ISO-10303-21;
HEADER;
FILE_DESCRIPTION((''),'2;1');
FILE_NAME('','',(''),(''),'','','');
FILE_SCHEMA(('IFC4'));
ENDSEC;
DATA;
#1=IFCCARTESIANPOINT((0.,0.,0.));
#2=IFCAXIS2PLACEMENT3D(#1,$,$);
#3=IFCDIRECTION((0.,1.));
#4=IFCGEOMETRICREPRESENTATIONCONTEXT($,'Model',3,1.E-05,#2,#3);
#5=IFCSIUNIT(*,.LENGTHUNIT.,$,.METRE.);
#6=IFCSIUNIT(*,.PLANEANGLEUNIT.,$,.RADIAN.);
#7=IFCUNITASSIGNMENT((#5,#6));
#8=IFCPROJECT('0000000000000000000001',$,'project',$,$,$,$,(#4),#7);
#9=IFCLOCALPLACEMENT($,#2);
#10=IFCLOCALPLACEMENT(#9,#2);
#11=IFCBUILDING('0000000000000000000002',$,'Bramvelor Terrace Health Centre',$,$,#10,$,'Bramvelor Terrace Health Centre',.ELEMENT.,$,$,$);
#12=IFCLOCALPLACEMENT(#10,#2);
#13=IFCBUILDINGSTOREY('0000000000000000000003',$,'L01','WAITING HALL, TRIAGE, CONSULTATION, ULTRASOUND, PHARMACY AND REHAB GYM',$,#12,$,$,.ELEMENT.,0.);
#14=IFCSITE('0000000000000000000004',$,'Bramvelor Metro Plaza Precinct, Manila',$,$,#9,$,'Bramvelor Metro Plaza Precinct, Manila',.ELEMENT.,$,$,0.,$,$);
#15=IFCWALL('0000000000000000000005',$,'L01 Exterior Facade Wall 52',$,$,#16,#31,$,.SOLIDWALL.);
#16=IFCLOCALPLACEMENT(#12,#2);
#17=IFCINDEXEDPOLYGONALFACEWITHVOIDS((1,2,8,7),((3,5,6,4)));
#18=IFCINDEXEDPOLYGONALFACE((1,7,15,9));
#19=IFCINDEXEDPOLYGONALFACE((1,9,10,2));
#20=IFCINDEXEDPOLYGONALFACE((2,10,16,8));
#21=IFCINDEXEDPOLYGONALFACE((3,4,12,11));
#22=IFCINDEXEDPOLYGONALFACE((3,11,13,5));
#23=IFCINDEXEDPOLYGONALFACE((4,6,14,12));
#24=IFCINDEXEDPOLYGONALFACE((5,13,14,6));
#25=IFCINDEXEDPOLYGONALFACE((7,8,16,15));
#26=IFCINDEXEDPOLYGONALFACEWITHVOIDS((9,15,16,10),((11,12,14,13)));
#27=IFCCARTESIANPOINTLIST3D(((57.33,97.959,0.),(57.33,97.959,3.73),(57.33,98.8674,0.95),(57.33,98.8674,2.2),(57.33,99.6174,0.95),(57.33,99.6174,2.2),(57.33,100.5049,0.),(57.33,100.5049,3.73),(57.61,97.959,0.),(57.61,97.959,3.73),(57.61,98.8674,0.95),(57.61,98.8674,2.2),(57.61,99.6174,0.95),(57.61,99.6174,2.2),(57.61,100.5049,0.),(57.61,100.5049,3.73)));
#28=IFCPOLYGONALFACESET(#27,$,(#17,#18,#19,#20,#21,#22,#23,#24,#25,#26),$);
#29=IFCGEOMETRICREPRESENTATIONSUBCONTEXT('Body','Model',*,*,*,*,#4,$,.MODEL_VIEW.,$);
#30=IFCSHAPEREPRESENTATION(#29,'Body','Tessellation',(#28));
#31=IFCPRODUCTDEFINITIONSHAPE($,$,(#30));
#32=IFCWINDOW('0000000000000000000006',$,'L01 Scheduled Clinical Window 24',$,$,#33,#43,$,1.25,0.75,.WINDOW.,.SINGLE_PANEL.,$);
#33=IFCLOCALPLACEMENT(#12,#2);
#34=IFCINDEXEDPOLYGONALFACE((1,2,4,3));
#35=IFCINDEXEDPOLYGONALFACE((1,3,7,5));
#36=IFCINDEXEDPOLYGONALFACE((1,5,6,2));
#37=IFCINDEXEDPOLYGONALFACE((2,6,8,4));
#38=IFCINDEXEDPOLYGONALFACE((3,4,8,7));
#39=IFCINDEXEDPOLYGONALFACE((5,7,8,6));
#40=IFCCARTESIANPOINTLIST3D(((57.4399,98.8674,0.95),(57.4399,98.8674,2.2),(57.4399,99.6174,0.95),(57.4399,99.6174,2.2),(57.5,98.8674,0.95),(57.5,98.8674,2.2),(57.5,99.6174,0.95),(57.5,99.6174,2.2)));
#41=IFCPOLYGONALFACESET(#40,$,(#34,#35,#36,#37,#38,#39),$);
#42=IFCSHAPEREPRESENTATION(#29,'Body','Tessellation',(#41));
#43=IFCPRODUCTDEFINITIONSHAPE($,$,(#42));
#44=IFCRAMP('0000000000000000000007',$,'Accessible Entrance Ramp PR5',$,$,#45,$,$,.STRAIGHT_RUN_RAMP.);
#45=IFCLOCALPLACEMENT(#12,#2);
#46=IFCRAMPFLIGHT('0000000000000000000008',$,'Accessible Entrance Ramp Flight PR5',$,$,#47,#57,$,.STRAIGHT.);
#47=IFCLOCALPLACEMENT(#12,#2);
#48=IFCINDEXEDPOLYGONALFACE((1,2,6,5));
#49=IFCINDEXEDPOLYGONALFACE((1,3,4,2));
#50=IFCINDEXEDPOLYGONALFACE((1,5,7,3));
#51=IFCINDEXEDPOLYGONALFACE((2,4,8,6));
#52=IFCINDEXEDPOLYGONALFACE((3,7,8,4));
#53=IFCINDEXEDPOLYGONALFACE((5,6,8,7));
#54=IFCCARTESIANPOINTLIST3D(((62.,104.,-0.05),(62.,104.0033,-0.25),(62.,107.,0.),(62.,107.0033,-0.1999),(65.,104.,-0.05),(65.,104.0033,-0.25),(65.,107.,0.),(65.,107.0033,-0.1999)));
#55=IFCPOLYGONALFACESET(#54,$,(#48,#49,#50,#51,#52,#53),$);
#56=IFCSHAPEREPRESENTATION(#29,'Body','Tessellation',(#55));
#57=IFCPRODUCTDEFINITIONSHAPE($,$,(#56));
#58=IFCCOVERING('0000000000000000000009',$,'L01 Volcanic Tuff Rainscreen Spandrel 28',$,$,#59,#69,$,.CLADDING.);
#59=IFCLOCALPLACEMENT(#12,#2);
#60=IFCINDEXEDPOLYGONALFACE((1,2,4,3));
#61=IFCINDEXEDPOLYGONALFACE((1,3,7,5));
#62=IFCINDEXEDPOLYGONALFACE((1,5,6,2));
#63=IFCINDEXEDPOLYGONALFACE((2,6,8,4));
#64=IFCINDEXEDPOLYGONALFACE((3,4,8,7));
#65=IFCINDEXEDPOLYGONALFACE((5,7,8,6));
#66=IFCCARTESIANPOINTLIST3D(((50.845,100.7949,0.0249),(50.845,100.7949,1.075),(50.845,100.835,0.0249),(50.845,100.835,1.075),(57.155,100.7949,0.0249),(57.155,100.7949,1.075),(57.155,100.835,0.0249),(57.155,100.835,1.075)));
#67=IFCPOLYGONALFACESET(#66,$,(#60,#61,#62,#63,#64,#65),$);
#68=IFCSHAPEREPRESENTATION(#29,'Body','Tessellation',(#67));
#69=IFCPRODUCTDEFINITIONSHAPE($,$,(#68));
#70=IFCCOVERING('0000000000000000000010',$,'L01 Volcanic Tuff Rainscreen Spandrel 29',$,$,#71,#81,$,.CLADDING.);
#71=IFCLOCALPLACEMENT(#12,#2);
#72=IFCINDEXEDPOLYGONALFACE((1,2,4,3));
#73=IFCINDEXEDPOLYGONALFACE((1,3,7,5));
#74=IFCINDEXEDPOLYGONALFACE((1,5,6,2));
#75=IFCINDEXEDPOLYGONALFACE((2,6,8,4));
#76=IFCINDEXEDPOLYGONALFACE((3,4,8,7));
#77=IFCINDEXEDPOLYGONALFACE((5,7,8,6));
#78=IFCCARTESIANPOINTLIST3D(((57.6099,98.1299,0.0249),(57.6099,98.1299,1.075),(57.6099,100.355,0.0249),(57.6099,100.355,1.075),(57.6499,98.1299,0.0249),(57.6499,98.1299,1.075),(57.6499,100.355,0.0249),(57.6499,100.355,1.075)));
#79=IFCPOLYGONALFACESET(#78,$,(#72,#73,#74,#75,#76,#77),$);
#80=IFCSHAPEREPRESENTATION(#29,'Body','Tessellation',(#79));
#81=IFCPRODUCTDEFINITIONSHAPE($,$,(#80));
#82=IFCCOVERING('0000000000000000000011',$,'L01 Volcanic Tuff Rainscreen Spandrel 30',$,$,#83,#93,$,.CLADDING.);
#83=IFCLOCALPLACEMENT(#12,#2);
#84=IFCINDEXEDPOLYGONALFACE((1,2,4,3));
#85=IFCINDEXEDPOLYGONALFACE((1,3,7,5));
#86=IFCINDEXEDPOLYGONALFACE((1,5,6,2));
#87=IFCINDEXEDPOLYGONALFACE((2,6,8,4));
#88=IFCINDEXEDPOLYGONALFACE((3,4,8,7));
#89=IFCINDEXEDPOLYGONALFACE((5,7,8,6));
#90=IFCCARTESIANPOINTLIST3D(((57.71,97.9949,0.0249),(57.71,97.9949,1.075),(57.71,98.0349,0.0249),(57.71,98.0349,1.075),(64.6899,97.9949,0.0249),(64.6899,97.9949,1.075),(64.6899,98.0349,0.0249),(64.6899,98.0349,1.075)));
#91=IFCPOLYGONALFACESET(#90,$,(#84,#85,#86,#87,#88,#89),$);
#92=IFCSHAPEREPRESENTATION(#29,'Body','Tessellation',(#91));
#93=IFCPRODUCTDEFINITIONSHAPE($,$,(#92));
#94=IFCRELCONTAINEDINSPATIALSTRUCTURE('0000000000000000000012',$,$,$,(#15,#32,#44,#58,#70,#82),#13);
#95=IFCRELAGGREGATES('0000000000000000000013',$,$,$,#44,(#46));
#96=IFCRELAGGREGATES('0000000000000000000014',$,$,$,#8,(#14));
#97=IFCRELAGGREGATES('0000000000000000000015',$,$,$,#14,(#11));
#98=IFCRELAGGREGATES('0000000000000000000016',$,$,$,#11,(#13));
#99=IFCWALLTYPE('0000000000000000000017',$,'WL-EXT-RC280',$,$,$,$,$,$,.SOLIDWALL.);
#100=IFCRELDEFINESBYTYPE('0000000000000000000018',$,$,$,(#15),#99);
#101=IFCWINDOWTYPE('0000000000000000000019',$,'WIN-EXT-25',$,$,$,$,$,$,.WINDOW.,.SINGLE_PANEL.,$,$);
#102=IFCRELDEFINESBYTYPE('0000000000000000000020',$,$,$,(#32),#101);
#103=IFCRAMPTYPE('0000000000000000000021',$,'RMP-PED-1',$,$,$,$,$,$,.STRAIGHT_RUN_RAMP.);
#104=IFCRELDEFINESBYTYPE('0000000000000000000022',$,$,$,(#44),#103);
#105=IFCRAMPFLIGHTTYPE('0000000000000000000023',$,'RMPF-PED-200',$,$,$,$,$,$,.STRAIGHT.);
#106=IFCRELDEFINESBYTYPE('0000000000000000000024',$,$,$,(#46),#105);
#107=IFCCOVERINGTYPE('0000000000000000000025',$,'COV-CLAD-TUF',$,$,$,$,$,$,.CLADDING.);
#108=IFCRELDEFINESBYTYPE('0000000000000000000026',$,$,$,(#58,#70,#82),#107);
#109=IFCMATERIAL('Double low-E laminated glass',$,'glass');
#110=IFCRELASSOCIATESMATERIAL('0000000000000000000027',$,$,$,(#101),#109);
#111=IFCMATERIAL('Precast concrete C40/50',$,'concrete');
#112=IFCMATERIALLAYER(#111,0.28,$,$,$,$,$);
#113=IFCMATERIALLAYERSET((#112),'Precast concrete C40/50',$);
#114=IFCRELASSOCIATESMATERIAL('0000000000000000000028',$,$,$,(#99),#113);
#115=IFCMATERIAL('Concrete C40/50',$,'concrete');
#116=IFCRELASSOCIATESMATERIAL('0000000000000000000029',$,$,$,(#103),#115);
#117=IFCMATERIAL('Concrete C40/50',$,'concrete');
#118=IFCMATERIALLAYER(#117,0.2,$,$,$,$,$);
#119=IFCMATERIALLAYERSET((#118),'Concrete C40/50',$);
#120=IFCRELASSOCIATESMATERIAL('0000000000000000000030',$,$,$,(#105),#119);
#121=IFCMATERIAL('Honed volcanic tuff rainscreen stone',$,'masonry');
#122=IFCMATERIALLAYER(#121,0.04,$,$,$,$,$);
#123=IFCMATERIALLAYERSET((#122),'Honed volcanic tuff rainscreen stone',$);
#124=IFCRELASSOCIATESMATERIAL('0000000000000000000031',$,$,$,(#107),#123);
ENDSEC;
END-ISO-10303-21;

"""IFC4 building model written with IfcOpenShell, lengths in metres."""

from ifc_helpers import new_model, si_unit, direction, frame, frame_2d, origin, origin_2d, place, context, subcontext, project, spatial, polyline, rectangle, outline, extrude, material, layer, layer_set, type_object, element, fill, aggregate, save


model = new_model("IFC4")

# Units and contexts
model_context = context("Model", 3, precision=1e-05, world=origin(), true_north=direction((0.0, 1.0)))
body_context = subcontext(model_context, "Body", "Model", "MODEL_VIEW")
ifc_project = project(units=[si_unit("LENGTHUNIT", "METRE"), si_unit("PLANEANGLEUNIT", "RADIAN")], contexts=[model_context])

# Site, building, storey
site_placement = place(None, origin())
site = spatial("IfcSite", under=ifc_project, at=site_placement, Name="Bramvelor Metro Plaza Precinct, Manila", LongName="Bramvelor Metro Plaza Precinct, Manila", CompositionType="ELEMENT", RefElevation=0.0)
building_placement = place(site_placement, origin())
building = spatial("IfcBuilding", under=site, at=building_placement, Name="Bramvelor Terrace Health Centre", LongName="Bramvelor Terrace Health Centre", CompositionType="ELEMENT")
storey_placement = place(building_placement, origin())
storey = spatial("IfcBuildingStorey", under=building, at=storey_placement, Name="L01", Description="WAITING HALL, TRIAGE, CONSULTATION, ULTRASOUND, PHARMACY AND REHAB GYM", CompositionType="ELEMENT", Elevation=0.0)

# Wall, opening, window
ifc_material_1 = material(Name="Double low-E laminated glass", Category="glass")
window_type = type_object("IfcWindowType", Name="WIN-EXT-25", PartitioningType="SINGLE_PANEL", PredefinedType="WINDOW", material=ifc_material_1)
ifc_material_2 = material(Name="Precast concrete C40/50", Category="concrete")
ifc_layer_1 = layer(ifc_material_2, 0.28)
ifc_layer_set_1 = layer_set([ifc_layer_1], Name="Precast concrete C40/50")
wall_type_1 = type_object("IfcWallType", Name="WL-EXT-RC280", PredefinedType="SOLIDWALL", material=ifc_layer_set_1)
wall_1_placement = place(storey_placement, frame((57.47, 100.5049, 0.0), z_axis=(0.0, 0.0, 1.0), x_axis=(0.0, -1.0, 0.0)))
wall_1 = element("IfcWall", 1, at=wall_1_placement, inside=storey, type_object=wall_type_1, Name="L01 Exterior Facade Wall 52", PredefinedType="SOLIDWALL", context=body_context, shape_type="SweptSolid", body=[
    extrude(rectangle(XDim=2.5459, YDim=0.28, at=frame_2d((1.2729, 0.0))), origin(), (0.0, 0.0, 1.0), 3.73),
])
opening_1_placement = place(wall_1_placement, frame((0.8875, 0.0, 0.95)))
opening_1 = element("IfcOpeningElement", 2, at=opening_1_placement, cuts=wall_1, PredefinedType="OPENING", context=body_context, shape_type="SweptSolid", body=[
    extrude(rectangle(XDim=0.75, YDim=1.25, at=frame_2d((0.375, 0.625))), frame((0.0, 0.1499, 0.0), z_axis=(0.0, -1.0, 0.0), x_axis=(1.0, 0.0, 0.0)), (0.0, 0.0, 1.0), 0.3),
])
window_1_placement = place(opening_1_placement, origin())
window_1 = element("IfcWindow", 3, at=window_1_placement, inside=storey, type_object=window_type, Name="L01 Scheduled Clinical Window 24", OverallHeight=1.25, OverallWidth=0.75, PartitioningType="SINGLE_PANEL", PredefinedType="WINDOW", context=body_context, shape_type="SweptSolid", body=[
    extrude(rectangle(XDim=0.75, YDim=1.25, at=frame_2d((0.375, 0.625))), frame((0.0, 0.03, 0.0), z_axis=(0.0, -1.0, 0.0), x_axis=(1.0, 0.0, 0.0)), (0.0, 0.0, 1.0), 0.0601),
])
fill(opening_1, window_1)

# Ramp, ramp flight
ifc_material_3 = material(Name="Concrete C40/50", Category="concrete")
ramp_type = type_object("IfcRampType", Name="RMP-PED-1", PredefinedType="STRAIGHT_RUN_RAMP", material=ifc_material_3)
ramp_placement = place(storey_placement, origin())
ramp = element("IfcRamp", 4, at=ramp_placement, inside=storey, type_object=ramp_type, Name="Accessible Entrance Ramp PR5", PredefinedType="STRAIGHT_RUN_RAMP")
ifc_material_4 = material(Name="Concrete C40/50", Category="concrete")
ifc_layer_2 = layer(ifc_material_4, 0.2)
ifc_layer_set_2 = layer_set([ifc_layer_2], Name="Concrete C40/50")
ramp_flight_type = type_object("IfcRampFlightType", Name="RMPF-PED-200", PredefinedType="STRAIGHT", material=ifc_layer_set_2)
ramp_flight_placement = place(storey_placement, frame((62.0, 104.0, -0.05), z_axis=(0.0, -0.016681, 0.999861), x_axis=(1.0, 0.0, 0.0)))
ramp_flight = element("IfcRampFlight", 5, at=ramp_flight_placement, type_object=ramp_flight_type, Name="Accessible Entrance Ramp Flight PR5", PredefinedType="STRAIGHT", context=body_context, shape_type="SweptSolid", body=[
    extrude(outline(polyline([(0.0, 0.0), (3.0, 0.0), (3.0, 3.0004), (0.0, 3.0004), (0.0, 0.0)])), origin(), (0.0, 0.0, -1.0), 0.2),
])
aggregate(ramp, [ramp_flight])

# Coverings
ifc_material_5 = material(Name="Honed volcanic tuff rainscreen stone", Category="masonry")
ifc_layer_3 = layer(ifc_material_5, 0.04)
ifc_layer_set_3 = layer_set([ifc_layer_3], Name="Honed volcanic tuff rainscreen stone")
covering_type = type_object("IfcCoveringType", Name="COV-CLAD-TUF", PredefinedType="CLADDING", material=ifc_layer_set_3)
covering_1_placement = place(storey_placement, frame((54.0, 100.8149, 0.0249), z_axis=(0.0, 0.0, 1.0), x_axis=(1.0, 0.0, 0.0)))
element("IfcCovering", 6, at=covering_1_placement, inside=storey, type_object=covering_type, Name="L01 Volcanic Tuff Rainscreen Spandrel 28", PredefinedType="CLADDING", context=body_context, shape_type="SweptSolid", body=[
    extrude(rectangle(XDim=6.3101, YDim=0.04, at=origin_2d()), origin(), (0.0, 0.0, 1.0), 1.05),
])
covering_2_placement = place(storey_placement, frame((57.6299, 99.2424, 0.0249), z_axis=(0.0, 0.0, 1.0), x_axis=(1.0, 0.0, 0.0)))
element("IfcCovering", 7, at=covering_2_placement, inside=storey, type_object=covering_type, Name="L01 Volcanic Tuff Rainscreen Spandrel 29", PredefinedType="CLADDING", context=body_context, shape_type="SweptSolid", body=[
    extrude(rectangle(XDim=0.04, YDim=2.2251, at=origin_2d()), origin(), (0.0, 0.0, 1.0), 1.05),
])
covering_3_placement = place(storey_placement, frame((61.2, 98.0149, 0.0249), z_axis=(0.0, 0.0, 1.0), x_axis=(1.0, 0.0, 0.0)))
element("IfcCovering", 8, at=covering_3_placement, inside=storey, type_object=covering_type, Name="L01 Volcanic Tuff Rainscreen Spandrel 30", PredefinedType="CLADDING", context=body_context, shape_type="SweptSolid", body=[
    extrude(rectangle(XDim=6.98, YDim=0.04, at=origin_2d()), origin(), (0.0, 0.0, 1.0), 1.05),
])

save(model, "model.ifc")
